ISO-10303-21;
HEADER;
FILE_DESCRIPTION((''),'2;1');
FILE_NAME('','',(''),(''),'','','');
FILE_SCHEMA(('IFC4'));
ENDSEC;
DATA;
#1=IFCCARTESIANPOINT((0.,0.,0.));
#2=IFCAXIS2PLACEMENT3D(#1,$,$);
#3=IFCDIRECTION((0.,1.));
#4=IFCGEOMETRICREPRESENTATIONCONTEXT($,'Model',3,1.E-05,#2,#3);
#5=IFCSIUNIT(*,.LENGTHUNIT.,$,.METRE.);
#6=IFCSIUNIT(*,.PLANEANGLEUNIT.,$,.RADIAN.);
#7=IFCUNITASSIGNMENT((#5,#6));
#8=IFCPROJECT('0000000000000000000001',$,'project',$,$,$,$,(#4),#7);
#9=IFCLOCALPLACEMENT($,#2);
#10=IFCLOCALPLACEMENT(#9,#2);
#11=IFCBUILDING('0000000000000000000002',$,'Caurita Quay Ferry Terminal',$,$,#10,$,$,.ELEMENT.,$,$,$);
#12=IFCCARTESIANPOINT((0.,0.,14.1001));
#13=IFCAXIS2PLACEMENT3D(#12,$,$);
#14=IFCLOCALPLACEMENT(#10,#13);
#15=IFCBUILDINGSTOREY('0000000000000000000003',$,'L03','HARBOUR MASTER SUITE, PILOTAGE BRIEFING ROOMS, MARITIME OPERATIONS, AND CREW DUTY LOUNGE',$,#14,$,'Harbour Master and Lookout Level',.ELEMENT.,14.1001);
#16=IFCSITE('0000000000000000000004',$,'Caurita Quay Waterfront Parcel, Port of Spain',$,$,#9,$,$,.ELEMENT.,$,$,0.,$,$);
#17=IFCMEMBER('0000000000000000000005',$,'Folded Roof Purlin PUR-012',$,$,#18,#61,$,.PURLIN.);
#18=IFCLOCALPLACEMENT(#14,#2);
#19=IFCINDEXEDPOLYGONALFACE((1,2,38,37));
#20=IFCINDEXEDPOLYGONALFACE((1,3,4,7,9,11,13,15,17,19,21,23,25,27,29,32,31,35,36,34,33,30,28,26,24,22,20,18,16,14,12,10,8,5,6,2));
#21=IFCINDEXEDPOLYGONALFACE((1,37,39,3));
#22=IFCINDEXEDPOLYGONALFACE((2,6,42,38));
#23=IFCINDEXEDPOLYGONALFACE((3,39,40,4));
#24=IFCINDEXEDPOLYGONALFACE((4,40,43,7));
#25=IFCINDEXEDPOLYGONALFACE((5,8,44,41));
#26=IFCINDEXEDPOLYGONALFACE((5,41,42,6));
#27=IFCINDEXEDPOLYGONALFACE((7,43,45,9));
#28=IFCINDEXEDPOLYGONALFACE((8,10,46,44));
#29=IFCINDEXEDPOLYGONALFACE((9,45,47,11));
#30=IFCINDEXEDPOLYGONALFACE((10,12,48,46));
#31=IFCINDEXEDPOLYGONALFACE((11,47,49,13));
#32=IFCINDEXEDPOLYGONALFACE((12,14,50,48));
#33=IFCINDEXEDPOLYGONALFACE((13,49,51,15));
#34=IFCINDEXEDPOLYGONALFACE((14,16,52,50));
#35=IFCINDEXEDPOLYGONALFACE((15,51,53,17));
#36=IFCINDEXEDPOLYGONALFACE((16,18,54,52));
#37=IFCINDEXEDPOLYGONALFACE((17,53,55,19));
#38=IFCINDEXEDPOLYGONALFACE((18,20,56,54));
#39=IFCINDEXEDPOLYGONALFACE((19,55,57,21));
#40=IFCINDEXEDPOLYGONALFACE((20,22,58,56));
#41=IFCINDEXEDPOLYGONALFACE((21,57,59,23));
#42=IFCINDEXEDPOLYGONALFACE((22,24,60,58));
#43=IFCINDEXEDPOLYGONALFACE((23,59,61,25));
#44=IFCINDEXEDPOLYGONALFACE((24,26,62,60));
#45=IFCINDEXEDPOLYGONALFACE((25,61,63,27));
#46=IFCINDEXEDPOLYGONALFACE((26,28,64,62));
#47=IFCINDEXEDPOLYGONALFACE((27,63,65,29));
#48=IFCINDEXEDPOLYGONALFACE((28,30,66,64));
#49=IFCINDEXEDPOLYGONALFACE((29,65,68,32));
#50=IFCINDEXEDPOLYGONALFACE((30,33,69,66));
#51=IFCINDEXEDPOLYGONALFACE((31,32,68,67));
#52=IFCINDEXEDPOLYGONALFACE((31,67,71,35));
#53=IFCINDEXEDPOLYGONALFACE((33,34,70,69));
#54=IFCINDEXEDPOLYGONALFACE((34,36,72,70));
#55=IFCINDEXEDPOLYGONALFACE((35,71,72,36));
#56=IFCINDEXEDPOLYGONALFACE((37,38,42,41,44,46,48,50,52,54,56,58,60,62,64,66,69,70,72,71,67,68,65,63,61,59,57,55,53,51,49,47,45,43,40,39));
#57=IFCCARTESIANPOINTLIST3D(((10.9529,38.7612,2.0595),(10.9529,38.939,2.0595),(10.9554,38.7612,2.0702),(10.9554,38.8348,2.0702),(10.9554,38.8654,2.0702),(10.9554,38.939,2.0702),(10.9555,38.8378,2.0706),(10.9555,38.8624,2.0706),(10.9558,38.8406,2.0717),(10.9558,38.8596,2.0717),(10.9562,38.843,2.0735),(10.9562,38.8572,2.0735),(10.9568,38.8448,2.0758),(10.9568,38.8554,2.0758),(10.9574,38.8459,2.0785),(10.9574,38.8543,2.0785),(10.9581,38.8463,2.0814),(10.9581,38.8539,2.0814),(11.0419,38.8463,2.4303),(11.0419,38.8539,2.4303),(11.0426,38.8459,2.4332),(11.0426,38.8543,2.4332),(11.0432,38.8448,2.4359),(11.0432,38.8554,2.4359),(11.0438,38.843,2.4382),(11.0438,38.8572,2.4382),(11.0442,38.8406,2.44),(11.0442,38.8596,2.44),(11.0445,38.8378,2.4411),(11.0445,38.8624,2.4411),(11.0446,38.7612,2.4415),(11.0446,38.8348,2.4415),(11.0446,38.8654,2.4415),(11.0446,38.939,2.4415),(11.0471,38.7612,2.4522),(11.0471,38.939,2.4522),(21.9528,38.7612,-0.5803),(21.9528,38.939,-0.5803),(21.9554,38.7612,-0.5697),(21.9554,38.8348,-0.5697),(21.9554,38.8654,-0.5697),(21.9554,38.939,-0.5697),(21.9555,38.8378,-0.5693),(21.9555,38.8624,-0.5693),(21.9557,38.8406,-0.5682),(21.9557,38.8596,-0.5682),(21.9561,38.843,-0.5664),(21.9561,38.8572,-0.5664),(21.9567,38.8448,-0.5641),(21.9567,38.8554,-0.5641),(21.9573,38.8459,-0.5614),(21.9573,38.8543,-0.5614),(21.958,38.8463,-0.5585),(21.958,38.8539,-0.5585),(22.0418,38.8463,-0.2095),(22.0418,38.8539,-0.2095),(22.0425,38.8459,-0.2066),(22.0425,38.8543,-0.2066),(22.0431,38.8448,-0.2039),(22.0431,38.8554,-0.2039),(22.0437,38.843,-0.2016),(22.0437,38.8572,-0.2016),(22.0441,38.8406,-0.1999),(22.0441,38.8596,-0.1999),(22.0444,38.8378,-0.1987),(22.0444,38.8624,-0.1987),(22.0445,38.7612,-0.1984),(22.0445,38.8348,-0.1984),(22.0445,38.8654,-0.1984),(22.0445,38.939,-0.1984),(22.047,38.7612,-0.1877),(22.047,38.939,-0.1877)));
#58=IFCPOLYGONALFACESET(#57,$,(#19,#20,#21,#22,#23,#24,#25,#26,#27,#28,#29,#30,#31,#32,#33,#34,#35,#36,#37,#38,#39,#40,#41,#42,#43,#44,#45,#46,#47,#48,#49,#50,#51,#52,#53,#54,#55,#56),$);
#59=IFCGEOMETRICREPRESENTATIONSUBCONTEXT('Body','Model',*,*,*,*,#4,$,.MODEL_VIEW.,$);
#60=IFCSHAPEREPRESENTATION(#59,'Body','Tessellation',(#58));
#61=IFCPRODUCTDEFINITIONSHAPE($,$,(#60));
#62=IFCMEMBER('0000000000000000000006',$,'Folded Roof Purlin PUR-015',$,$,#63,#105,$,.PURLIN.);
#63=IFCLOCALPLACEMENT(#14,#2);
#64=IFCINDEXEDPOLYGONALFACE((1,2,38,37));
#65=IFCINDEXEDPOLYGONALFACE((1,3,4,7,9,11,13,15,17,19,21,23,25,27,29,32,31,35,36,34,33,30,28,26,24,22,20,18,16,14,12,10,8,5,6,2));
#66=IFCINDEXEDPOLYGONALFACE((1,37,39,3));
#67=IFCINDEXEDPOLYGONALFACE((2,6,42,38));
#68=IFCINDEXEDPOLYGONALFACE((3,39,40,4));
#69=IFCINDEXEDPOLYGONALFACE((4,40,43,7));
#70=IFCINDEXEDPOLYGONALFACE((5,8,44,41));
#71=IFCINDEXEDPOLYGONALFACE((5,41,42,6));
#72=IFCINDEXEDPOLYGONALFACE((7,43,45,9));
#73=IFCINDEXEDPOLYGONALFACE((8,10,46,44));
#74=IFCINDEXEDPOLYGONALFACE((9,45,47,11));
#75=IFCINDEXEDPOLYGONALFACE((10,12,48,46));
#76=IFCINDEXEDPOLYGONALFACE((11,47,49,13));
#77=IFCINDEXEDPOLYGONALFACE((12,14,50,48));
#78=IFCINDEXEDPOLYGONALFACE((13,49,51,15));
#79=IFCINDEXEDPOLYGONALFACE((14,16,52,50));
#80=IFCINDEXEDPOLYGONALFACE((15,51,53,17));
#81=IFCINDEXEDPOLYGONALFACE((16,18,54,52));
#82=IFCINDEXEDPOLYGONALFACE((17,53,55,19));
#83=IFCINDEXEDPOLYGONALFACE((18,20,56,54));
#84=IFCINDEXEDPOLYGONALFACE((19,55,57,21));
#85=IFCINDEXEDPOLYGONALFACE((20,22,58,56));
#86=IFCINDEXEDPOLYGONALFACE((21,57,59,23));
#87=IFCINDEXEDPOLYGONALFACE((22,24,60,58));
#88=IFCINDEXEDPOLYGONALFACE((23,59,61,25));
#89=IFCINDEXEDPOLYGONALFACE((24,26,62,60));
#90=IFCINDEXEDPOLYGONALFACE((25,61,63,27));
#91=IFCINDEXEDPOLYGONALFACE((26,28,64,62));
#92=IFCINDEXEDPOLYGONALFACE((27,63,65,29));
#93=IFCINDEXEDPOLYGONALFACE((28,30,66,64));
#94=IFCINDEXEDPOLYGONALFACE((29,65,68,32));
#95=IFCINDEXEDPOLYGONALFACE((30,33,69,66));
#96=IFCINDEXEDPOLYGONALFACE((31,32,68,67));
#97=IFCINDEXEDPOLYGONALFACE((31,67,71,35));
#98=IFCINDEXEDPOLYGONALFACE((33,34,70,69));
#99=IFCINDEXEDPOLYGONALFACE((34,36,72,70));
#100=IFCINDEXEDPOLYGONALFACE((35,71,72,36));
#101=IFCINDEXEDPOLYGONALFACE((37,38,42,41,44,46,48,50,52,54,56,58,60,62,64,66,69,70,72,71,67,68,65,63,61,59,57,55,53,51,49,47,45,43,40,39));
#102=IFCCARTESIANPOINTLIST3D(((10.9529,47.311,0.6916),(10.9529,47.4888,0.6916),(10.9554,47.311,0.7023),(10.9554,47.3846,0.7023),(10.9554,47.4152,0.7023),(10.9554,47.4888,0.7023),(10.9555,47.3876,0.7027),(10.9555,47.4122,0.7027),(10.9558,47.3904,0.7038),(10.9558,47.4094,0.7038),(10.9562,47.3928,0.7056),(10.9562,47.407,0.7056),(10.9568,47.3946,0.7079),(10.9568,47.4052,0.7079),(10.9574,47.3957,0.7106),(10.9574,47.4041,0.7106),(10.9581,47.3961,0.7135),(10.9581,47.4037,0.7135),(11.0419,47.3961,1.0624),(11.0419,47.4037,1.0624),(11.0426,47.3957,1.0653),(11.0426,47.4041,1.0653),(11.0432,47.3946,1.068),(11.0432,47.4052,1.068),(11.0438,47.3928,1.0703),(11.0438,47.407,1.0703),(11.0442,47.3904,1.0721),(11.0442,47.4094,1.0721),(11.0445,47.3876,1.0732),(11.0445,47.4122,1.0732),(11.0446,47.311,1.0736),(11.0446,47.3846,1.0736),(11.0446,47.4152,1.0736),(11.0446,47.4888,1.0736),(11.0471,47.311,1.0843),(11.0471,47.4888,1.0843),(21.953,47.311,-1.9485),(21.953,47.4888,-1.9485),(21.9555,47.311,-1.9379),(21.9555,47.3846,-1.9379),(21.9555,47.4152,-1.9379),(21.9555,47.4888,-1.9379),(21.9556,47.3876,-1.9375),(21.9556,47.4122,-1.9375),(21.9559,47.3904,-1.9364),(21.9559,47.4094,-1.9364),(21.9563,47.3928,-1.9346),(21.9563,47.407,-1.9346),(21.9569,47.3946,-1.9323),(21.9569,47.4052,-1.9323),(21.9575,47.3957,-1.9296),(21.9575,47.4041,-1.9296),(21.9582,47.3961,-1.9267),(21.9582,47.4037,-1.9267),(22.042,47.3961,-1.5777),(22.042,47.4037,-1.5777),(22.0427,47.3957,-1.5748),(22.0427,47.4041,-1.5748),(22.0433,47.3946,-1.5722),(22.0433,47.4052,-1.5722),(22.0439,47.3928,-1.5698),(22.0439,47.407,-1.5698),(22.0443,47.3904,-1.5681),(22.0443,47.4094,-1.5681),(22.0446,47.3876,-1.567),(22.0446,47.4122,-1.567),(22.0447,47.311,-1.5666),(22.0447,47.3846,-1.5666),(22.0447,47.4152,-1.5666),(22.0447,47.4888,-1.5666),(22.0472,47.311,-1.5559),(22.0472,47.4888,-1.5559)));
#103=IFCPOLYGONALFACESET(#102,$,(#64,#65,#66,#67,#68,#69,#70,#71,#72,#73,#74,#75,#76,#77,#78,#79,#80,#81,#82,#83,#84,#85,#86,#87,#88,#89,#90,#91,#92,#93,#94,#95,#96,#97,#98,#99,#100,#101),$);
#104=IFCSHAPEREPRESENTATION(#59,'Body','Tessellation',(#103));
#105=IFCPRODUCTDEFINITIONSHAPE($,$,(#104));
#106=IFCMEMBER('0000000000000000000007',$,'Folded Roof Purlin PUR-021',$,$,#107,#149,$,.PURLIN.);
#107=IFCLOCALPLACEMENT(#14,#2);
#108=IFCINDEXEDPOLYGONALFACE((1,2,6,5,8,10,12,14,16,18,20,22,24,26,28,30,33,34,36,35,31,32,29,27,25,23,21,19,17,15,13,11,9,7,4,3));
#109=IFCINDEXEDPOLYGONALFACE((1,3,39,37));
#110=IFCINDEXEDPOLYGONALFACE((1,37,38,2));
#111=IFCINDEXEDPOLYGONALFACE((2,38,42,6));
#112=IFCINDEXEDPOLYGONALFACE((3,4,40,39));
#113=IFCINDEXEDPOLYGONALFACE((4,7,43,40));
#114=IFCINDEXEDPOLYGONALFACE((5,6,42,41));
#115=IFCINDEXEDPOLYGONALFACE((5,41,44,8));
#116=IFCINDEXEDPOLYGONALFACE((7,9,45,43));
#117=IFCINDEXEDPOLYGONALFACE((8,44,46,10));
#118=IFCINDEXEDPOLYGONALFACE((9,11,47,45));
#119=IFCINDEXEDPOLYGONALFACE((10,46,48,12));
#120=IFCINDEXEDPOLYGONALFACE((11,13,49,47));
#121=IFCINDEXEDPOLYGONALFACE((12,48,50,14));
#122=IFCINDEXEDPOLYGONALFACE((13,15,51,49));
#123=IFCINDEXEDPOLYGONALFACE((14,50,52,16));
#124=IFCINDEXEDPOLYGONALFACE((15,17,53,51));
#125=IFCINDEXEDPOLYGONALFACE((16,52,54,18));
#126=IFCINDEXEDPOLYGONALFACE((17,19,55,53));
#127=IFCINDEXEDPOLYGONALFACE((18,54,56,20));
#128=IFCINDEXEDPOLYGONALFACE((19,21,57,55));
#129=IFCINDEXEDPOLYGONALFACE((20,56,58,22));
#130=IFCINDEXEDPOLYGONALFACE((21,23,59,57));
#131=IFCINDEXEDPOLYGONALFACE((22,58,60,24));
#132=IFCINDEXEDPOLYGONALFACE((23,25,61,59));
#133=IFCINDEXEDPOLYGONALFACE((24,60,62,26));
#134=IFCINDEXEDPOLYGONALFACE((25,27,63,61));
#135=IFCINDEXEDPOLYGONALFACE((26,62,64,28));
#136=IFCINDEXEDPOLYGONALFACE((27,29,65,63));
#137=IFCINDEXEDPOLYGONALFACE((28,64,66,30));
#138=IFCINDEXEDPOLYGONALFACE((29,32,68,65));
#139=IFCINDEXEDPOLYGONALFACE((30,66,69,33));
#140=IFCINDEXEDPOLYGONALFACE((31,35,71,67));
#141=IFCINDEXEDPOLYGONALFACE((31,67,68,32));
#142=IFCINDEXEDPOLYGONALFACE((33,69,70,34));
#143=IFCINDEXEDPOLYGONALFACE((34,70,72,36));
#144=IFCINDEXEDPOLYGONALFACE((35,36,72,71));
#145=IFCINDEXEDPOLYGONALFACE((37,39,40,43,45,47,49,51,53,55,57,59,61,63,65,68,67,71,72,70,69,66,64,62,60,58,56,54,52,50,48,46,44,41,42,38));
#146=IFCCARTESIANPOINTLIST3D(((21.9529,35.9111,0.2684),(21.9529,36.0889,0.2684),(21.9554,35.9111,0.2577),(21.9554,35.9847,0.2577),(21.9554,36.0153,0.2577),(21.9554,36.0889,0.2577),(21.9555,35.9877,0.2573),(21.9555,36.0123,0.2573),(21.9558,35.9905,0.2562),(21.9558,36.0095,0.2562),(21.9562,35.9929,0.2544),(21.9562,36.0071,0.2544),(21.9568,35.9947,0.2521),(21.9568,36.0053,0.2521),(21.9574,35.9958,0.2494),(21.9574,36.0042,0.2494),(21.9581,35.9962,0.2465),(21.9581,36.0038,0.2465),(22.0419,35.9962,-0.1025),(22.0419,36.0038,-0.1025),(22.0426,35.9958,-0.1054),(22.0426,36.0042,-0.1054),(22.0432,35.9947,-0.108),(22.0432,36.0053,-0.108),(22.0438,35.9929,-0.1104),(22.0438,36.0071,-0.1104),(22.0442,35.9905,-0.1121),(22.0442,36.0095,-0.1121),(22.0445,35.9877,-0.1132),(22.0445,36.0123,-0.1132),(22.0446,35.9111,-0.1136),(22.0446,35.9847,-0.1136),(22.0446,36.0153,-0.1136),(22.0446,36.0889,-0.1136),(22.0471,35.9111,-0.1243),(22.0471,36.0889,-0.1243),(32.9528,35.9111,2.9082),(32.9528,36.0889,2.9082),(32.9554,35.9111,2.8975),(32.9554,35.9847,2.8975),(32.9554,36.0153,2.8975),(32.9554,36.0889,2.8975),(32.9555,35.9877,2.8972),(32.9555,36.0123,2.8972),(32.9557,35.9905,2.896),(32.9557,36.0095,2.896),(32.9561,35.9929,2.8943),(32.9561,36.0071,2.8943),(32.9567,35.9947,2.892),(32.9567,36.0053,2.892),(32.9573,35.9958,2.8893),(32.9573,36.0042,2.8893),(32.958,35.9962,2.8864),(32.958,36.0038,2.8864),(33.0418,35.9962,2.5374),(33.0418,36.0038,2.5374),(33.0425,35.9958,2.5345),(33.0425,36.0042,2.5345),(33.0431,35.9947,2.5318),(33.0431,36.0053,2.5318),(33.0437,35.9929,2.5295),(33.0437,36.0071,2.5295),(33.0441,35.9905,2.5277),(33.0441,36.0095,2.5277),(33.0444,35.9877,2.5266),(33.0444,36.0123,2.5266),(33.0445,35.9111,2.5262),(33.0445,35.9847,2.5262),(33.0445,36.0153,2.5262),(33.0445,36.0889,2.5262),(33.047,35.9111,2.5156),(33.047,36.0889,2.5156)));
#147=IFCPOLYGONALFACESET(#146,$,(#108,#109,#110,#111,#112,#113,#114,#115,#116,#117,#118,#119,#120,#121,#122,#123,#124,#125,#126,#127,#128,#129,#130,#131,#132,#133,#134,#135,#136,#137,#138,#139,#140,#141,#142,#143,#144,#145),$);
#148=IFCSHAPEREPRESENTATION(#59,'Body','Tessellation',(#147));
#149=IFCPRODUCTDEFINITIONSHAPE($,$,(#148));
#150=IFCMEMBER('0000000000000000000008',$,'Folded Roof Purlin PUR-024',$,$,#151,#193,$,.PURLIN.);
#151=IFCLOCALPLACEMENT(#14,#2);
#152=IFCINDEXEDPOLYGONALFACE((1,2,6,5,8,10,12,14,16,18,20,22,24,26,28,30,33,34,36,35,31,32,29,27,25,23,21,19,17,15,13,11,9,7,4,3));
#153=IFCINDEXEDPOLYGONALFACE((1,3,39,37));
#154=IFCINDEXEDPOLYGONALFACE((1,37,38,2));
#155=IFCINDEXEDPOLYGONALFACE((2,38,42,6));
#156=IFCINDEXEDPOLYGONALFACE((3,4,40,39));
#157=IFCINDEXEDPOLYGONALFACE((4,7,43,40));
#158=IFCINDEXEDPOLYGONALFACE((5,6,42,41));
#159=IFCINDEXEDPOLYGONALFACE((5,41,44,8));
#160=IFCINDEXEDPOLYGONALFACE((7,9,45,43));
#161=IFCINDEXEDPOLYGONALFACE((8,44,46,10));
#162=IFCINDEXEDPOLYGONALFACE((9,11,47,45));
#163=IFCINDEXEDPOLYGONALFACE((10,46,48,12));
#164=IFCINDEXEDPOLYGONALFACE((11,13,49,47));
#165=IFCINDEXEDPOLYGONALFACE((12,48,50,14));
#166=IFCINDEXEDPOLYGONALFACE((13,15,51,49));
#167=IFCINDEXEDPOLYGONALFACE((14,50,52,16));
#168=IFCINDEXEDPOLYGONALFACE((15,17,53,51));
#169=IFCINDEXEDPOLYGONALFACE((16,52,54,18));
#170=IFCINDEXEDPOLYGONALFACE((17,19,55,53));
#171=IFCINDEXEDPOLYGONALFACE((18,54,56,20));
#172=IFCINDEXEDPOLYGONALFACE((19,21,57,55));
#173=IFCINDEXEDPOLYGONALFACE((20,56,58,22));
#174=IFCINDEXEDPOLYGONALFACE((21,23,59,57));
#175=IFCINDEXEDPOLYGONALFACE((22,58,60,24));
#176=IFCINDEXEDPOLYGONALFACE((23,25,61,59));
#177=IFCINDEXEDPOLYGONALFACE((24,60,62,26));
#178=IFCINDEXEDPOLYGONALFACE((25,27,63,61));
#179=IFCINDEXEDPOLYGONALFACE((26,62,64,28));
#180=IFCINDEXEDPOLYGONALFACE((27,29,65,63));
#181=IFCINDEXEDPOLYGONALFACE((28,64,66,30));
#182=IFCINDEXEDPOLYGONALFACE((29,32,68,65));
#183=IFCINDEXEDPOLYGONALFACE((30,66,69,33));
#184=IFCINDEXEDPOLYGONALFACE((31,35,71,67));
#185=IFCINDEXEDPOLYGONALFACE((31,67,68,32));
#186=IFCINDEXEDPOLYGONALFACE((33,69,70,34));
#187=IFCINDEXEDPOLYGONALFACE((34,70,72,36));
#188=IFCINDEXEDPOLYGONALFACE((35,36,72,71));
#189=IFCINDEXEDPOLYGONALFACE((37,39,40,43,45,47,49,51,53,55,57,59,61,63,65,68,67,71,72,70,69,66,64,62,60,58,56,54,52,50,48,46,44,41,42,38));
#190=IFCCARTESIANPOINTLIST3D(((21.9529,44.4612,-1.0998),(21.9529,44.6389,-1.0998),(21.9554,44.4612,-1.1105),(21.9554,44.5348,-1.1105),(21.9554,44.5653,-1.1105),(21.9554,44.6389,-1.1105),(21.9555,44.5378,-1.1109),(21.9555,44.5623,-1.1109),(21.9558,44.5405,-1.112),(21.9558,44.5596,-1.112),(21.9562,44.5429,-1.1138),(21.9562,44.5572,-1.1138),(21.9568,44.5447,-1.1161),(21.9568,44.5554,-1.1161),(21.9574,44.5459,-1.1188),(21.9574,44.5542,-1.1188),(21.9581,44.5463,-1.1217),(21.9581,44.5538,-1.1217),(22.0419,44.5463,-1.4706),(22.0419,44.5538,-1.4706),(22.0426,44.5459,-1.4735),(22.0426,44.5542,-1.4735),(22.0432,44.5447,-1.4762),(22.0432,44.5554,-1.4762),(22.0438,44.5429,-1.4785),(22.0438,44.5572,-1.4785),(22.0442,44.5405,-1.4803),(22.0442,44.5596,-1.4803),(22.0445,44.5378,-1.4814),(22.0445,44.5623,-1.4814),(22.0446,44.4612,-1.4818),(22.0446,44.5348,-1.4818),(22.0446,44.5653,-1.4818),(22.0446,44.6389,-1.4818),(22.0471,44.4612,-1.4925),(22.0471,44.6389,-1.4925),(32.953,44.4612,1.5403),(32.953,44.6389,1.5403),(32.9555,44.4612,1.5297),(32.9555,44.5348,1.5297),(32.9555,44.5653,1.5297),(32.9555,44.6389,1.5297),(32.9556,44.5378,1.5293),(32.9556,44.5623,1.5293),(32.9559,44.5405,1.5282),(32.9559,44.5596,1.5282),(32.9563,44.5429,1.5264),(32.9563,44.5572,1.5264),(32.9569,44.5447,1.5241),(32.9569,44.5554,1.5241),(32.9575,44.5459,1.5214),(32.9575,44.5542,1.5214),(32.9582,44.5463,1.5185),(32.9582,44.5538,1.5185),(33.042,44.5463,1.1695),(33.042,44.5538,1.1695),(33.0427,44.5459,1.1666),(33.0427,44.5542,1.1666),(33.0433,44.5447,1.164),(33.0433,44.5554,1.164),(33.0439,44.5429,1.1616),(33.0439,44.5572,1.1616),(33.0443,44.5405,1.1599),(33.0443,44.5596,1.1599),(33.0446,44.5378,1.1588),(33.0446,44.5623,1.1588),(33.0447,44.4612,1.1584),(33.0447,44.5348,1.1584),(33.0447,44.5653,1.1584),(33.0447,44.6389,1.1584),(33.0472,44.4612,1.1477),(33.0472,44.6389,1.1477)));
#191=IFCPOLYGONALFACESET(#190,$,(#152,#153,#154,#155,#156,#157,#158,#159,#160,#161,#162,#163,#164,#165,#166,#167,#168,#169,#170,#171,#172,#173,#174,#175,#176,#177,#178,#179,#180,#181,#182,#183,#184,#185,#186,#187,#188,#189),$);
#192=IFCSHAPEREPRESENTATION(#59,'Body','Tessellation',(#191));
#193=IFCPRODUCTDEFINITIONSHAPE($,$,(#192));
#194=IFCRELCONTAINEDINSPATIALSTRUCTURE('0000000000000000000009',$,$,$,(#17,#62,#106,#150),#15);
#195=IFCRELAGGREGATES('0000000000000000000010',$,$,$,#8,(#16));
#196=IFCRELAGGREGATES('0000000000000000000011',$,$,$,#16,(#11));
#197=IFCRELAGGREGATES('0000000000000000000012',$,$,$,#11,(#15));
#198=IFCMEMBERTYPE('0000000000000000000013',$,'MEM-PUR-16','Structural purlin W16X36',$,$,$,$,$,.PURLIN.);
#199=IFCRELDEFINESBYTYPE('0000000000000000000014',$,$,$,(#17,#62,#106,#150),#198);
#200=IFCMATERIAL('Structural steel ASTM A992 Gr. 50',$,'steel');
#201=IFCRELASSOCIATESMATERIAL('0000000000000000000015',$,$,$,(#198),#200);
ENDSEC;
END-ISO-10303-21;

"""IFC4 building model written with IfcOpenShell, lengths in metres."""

from ifc_helpers import new_model, si_unit, direction, frame, origin, origin_2d, place, context, subcontext, project, spatial, i_section, extrude, material, material_profile, profile_set, type_object, element, save


model = new_model("IFC4")

# Units and contexts
model_context = context("Model", 3, precision=1e-05, world=origin(), true_north=direction((0.0, 1.0)))
body_context = subcontext(model_context, "Body", "Model", "MODEL_VIEW")
ifc_project = project(units=[si_unit("LENGTHUNIT", "METRE"), si_unit("PLANEANGLEUNIT", "RADIAN")], contexts=[model_context])

# Site, building, storey
site_placement = place(None, origin())
site = spatial("IfcSite", under=ifc_project, at=site_placement, Name="Caurita Quay Waterfront Parcel, Port of Spain", CompositionType="ELEMENT", RefElevation=0.0)
building_placement = place(site_placement, origin())
building = spatial("IfcBuilding", under=site, at=building_placement, Name="Caurita Quay Ferry Terminal", CompositionType="ELEMENT")
storey_placement = place(building_placement, frame((0.0, 0.0, 14.1001)))
storey = spatial("IfcBuildingStorey", under=building, at=storey_placement, Name="L03", Description="HARBOUR MASTER SUITE, PILOTAGE BRIEFING ROOMS, MARITIME OPERATIONS, AND CREW DUTY LOUNGE", LongName="Harbour Master and Lookout Level", CompositionType="ELEMENT", Elevation=14.1001)

# Shared definitions
ifc_material_1 = material(Name="Structural steel ASTM A992 Gr. 50", Category="steel")

# Members
ifc_material_profile_1 = material_profile(ifc_material_1, i_section(OverallWidth=0.1777, OverallDepth=0.4038, WebThickness=0.0076, FlangeThickness=0.011, FilletRadius=0.0115, at=origin_2d()), Name="W16X36")
ifc_profile_set_1 = profile_set([ifc_material_profile_1], Name="Structural steel ASTM A992 Gr. 50")
member_type_1 = type_object("IfcMemberType", Name="MEM-PUR-16", Description="Structural purlin W16X36", PredefinedType="PURLIN", material=ifc_profile_set_1)
for number, where, z_axis, x_axis, name in (
    (1, (11.0, 38.8501, 2.2559), (0.972389, 0.0, -0.233364), (0.0, 1.0, 0.0), "Folded Roof Purlin PUR-012"),
):
    element("IfcMember", number, at=place(storey_placement, frame(where, z_axis=z_axis, x_axis=x_axis)), inside=storey, type_object=member_type_1, Name=name, PredefinedType="PURLIN", context=body_context, shape_type="SweptSolid", body=[
        extrude(i_section(OverallWidth=0.1777, OverallDepth=0.4038, WebThickness=0.0076, FlangeThickness=0.011, FilletRadius=0.0115, at=origin_2d()), origin(), (0.0, 0.0, 1.0), 11.3123),
    ])
member_1_placement = place(storey_placement, frame((11.0, 47.3999, 0.8879), z_axis=(0.972385, 0.0, -0.233384), x_axis=(0.0, 1.0, 0.0)))
element("IfcMember", 2, at=member_1_placement, inside=storey, type_object=member_type_1, Name="Folded Roof Purlin PUR-015", PredefinedType="PURLIN", context=body_context, shape_type="SweptSolid", body=[
    extrude(i_section(OverallWidth=0.1777, OverallDepth=0.4038, WebThickness=0.0076, FlangeThickness=0.011, FilletRadius=0.0115, at=origin_2d()), origin(), (0.0, 0.0, 1.0), 11.3125),
])
member_2_placement = place(storey_placement, frame((22.0, 36.0, 0.072), z_axis=(0.972389, 0.0, 0.233364), x_axis=(0.0, 1.0, 0.0)))
element("IfcMember", 3, at=member_2_placement, inside=storey, type_object=member_type_1, Name="Folded Roof Purlin PUR-021", PredefinedType="PURLIN", context=body_context, shape_type="SweptSolid", body=[
    extrude(i_section(OverallWidth=0.1777, OverallDepth=0.4038, WebThickness=0.0076, FlangeThickness=0.011, FilletRadius=0.0115, at=origin_2d()), origin(), (0.0, 0.0, 1.0), 11.3123),
])
member_3_placement = place(storey_placement, frame((22.0, 44.55, -1.2961), z_axis=(0.972385, 0.0, 0.233384), x_axis=(0.0, 1.0, 0.0)))
element("IfcMember", 4, at=member_3_placement, inside=storey, type_object=member_type_1, Name="Folded Roof Purlin PUR-024", PredefinedType="PURLIN", context=body_context, shape_type="SweptSolid", body=[
    extrude(i_section(OverallWidth=0.1777, OverallDepth=0.4038, WebThickness=0.0076, FlangeThickness=0.011, FilletRadius=0.0115, at=origin_2d()), origin(), (0.0, 0.0, 1.0), 11.3125),
])

save(model, "model.ifc")
